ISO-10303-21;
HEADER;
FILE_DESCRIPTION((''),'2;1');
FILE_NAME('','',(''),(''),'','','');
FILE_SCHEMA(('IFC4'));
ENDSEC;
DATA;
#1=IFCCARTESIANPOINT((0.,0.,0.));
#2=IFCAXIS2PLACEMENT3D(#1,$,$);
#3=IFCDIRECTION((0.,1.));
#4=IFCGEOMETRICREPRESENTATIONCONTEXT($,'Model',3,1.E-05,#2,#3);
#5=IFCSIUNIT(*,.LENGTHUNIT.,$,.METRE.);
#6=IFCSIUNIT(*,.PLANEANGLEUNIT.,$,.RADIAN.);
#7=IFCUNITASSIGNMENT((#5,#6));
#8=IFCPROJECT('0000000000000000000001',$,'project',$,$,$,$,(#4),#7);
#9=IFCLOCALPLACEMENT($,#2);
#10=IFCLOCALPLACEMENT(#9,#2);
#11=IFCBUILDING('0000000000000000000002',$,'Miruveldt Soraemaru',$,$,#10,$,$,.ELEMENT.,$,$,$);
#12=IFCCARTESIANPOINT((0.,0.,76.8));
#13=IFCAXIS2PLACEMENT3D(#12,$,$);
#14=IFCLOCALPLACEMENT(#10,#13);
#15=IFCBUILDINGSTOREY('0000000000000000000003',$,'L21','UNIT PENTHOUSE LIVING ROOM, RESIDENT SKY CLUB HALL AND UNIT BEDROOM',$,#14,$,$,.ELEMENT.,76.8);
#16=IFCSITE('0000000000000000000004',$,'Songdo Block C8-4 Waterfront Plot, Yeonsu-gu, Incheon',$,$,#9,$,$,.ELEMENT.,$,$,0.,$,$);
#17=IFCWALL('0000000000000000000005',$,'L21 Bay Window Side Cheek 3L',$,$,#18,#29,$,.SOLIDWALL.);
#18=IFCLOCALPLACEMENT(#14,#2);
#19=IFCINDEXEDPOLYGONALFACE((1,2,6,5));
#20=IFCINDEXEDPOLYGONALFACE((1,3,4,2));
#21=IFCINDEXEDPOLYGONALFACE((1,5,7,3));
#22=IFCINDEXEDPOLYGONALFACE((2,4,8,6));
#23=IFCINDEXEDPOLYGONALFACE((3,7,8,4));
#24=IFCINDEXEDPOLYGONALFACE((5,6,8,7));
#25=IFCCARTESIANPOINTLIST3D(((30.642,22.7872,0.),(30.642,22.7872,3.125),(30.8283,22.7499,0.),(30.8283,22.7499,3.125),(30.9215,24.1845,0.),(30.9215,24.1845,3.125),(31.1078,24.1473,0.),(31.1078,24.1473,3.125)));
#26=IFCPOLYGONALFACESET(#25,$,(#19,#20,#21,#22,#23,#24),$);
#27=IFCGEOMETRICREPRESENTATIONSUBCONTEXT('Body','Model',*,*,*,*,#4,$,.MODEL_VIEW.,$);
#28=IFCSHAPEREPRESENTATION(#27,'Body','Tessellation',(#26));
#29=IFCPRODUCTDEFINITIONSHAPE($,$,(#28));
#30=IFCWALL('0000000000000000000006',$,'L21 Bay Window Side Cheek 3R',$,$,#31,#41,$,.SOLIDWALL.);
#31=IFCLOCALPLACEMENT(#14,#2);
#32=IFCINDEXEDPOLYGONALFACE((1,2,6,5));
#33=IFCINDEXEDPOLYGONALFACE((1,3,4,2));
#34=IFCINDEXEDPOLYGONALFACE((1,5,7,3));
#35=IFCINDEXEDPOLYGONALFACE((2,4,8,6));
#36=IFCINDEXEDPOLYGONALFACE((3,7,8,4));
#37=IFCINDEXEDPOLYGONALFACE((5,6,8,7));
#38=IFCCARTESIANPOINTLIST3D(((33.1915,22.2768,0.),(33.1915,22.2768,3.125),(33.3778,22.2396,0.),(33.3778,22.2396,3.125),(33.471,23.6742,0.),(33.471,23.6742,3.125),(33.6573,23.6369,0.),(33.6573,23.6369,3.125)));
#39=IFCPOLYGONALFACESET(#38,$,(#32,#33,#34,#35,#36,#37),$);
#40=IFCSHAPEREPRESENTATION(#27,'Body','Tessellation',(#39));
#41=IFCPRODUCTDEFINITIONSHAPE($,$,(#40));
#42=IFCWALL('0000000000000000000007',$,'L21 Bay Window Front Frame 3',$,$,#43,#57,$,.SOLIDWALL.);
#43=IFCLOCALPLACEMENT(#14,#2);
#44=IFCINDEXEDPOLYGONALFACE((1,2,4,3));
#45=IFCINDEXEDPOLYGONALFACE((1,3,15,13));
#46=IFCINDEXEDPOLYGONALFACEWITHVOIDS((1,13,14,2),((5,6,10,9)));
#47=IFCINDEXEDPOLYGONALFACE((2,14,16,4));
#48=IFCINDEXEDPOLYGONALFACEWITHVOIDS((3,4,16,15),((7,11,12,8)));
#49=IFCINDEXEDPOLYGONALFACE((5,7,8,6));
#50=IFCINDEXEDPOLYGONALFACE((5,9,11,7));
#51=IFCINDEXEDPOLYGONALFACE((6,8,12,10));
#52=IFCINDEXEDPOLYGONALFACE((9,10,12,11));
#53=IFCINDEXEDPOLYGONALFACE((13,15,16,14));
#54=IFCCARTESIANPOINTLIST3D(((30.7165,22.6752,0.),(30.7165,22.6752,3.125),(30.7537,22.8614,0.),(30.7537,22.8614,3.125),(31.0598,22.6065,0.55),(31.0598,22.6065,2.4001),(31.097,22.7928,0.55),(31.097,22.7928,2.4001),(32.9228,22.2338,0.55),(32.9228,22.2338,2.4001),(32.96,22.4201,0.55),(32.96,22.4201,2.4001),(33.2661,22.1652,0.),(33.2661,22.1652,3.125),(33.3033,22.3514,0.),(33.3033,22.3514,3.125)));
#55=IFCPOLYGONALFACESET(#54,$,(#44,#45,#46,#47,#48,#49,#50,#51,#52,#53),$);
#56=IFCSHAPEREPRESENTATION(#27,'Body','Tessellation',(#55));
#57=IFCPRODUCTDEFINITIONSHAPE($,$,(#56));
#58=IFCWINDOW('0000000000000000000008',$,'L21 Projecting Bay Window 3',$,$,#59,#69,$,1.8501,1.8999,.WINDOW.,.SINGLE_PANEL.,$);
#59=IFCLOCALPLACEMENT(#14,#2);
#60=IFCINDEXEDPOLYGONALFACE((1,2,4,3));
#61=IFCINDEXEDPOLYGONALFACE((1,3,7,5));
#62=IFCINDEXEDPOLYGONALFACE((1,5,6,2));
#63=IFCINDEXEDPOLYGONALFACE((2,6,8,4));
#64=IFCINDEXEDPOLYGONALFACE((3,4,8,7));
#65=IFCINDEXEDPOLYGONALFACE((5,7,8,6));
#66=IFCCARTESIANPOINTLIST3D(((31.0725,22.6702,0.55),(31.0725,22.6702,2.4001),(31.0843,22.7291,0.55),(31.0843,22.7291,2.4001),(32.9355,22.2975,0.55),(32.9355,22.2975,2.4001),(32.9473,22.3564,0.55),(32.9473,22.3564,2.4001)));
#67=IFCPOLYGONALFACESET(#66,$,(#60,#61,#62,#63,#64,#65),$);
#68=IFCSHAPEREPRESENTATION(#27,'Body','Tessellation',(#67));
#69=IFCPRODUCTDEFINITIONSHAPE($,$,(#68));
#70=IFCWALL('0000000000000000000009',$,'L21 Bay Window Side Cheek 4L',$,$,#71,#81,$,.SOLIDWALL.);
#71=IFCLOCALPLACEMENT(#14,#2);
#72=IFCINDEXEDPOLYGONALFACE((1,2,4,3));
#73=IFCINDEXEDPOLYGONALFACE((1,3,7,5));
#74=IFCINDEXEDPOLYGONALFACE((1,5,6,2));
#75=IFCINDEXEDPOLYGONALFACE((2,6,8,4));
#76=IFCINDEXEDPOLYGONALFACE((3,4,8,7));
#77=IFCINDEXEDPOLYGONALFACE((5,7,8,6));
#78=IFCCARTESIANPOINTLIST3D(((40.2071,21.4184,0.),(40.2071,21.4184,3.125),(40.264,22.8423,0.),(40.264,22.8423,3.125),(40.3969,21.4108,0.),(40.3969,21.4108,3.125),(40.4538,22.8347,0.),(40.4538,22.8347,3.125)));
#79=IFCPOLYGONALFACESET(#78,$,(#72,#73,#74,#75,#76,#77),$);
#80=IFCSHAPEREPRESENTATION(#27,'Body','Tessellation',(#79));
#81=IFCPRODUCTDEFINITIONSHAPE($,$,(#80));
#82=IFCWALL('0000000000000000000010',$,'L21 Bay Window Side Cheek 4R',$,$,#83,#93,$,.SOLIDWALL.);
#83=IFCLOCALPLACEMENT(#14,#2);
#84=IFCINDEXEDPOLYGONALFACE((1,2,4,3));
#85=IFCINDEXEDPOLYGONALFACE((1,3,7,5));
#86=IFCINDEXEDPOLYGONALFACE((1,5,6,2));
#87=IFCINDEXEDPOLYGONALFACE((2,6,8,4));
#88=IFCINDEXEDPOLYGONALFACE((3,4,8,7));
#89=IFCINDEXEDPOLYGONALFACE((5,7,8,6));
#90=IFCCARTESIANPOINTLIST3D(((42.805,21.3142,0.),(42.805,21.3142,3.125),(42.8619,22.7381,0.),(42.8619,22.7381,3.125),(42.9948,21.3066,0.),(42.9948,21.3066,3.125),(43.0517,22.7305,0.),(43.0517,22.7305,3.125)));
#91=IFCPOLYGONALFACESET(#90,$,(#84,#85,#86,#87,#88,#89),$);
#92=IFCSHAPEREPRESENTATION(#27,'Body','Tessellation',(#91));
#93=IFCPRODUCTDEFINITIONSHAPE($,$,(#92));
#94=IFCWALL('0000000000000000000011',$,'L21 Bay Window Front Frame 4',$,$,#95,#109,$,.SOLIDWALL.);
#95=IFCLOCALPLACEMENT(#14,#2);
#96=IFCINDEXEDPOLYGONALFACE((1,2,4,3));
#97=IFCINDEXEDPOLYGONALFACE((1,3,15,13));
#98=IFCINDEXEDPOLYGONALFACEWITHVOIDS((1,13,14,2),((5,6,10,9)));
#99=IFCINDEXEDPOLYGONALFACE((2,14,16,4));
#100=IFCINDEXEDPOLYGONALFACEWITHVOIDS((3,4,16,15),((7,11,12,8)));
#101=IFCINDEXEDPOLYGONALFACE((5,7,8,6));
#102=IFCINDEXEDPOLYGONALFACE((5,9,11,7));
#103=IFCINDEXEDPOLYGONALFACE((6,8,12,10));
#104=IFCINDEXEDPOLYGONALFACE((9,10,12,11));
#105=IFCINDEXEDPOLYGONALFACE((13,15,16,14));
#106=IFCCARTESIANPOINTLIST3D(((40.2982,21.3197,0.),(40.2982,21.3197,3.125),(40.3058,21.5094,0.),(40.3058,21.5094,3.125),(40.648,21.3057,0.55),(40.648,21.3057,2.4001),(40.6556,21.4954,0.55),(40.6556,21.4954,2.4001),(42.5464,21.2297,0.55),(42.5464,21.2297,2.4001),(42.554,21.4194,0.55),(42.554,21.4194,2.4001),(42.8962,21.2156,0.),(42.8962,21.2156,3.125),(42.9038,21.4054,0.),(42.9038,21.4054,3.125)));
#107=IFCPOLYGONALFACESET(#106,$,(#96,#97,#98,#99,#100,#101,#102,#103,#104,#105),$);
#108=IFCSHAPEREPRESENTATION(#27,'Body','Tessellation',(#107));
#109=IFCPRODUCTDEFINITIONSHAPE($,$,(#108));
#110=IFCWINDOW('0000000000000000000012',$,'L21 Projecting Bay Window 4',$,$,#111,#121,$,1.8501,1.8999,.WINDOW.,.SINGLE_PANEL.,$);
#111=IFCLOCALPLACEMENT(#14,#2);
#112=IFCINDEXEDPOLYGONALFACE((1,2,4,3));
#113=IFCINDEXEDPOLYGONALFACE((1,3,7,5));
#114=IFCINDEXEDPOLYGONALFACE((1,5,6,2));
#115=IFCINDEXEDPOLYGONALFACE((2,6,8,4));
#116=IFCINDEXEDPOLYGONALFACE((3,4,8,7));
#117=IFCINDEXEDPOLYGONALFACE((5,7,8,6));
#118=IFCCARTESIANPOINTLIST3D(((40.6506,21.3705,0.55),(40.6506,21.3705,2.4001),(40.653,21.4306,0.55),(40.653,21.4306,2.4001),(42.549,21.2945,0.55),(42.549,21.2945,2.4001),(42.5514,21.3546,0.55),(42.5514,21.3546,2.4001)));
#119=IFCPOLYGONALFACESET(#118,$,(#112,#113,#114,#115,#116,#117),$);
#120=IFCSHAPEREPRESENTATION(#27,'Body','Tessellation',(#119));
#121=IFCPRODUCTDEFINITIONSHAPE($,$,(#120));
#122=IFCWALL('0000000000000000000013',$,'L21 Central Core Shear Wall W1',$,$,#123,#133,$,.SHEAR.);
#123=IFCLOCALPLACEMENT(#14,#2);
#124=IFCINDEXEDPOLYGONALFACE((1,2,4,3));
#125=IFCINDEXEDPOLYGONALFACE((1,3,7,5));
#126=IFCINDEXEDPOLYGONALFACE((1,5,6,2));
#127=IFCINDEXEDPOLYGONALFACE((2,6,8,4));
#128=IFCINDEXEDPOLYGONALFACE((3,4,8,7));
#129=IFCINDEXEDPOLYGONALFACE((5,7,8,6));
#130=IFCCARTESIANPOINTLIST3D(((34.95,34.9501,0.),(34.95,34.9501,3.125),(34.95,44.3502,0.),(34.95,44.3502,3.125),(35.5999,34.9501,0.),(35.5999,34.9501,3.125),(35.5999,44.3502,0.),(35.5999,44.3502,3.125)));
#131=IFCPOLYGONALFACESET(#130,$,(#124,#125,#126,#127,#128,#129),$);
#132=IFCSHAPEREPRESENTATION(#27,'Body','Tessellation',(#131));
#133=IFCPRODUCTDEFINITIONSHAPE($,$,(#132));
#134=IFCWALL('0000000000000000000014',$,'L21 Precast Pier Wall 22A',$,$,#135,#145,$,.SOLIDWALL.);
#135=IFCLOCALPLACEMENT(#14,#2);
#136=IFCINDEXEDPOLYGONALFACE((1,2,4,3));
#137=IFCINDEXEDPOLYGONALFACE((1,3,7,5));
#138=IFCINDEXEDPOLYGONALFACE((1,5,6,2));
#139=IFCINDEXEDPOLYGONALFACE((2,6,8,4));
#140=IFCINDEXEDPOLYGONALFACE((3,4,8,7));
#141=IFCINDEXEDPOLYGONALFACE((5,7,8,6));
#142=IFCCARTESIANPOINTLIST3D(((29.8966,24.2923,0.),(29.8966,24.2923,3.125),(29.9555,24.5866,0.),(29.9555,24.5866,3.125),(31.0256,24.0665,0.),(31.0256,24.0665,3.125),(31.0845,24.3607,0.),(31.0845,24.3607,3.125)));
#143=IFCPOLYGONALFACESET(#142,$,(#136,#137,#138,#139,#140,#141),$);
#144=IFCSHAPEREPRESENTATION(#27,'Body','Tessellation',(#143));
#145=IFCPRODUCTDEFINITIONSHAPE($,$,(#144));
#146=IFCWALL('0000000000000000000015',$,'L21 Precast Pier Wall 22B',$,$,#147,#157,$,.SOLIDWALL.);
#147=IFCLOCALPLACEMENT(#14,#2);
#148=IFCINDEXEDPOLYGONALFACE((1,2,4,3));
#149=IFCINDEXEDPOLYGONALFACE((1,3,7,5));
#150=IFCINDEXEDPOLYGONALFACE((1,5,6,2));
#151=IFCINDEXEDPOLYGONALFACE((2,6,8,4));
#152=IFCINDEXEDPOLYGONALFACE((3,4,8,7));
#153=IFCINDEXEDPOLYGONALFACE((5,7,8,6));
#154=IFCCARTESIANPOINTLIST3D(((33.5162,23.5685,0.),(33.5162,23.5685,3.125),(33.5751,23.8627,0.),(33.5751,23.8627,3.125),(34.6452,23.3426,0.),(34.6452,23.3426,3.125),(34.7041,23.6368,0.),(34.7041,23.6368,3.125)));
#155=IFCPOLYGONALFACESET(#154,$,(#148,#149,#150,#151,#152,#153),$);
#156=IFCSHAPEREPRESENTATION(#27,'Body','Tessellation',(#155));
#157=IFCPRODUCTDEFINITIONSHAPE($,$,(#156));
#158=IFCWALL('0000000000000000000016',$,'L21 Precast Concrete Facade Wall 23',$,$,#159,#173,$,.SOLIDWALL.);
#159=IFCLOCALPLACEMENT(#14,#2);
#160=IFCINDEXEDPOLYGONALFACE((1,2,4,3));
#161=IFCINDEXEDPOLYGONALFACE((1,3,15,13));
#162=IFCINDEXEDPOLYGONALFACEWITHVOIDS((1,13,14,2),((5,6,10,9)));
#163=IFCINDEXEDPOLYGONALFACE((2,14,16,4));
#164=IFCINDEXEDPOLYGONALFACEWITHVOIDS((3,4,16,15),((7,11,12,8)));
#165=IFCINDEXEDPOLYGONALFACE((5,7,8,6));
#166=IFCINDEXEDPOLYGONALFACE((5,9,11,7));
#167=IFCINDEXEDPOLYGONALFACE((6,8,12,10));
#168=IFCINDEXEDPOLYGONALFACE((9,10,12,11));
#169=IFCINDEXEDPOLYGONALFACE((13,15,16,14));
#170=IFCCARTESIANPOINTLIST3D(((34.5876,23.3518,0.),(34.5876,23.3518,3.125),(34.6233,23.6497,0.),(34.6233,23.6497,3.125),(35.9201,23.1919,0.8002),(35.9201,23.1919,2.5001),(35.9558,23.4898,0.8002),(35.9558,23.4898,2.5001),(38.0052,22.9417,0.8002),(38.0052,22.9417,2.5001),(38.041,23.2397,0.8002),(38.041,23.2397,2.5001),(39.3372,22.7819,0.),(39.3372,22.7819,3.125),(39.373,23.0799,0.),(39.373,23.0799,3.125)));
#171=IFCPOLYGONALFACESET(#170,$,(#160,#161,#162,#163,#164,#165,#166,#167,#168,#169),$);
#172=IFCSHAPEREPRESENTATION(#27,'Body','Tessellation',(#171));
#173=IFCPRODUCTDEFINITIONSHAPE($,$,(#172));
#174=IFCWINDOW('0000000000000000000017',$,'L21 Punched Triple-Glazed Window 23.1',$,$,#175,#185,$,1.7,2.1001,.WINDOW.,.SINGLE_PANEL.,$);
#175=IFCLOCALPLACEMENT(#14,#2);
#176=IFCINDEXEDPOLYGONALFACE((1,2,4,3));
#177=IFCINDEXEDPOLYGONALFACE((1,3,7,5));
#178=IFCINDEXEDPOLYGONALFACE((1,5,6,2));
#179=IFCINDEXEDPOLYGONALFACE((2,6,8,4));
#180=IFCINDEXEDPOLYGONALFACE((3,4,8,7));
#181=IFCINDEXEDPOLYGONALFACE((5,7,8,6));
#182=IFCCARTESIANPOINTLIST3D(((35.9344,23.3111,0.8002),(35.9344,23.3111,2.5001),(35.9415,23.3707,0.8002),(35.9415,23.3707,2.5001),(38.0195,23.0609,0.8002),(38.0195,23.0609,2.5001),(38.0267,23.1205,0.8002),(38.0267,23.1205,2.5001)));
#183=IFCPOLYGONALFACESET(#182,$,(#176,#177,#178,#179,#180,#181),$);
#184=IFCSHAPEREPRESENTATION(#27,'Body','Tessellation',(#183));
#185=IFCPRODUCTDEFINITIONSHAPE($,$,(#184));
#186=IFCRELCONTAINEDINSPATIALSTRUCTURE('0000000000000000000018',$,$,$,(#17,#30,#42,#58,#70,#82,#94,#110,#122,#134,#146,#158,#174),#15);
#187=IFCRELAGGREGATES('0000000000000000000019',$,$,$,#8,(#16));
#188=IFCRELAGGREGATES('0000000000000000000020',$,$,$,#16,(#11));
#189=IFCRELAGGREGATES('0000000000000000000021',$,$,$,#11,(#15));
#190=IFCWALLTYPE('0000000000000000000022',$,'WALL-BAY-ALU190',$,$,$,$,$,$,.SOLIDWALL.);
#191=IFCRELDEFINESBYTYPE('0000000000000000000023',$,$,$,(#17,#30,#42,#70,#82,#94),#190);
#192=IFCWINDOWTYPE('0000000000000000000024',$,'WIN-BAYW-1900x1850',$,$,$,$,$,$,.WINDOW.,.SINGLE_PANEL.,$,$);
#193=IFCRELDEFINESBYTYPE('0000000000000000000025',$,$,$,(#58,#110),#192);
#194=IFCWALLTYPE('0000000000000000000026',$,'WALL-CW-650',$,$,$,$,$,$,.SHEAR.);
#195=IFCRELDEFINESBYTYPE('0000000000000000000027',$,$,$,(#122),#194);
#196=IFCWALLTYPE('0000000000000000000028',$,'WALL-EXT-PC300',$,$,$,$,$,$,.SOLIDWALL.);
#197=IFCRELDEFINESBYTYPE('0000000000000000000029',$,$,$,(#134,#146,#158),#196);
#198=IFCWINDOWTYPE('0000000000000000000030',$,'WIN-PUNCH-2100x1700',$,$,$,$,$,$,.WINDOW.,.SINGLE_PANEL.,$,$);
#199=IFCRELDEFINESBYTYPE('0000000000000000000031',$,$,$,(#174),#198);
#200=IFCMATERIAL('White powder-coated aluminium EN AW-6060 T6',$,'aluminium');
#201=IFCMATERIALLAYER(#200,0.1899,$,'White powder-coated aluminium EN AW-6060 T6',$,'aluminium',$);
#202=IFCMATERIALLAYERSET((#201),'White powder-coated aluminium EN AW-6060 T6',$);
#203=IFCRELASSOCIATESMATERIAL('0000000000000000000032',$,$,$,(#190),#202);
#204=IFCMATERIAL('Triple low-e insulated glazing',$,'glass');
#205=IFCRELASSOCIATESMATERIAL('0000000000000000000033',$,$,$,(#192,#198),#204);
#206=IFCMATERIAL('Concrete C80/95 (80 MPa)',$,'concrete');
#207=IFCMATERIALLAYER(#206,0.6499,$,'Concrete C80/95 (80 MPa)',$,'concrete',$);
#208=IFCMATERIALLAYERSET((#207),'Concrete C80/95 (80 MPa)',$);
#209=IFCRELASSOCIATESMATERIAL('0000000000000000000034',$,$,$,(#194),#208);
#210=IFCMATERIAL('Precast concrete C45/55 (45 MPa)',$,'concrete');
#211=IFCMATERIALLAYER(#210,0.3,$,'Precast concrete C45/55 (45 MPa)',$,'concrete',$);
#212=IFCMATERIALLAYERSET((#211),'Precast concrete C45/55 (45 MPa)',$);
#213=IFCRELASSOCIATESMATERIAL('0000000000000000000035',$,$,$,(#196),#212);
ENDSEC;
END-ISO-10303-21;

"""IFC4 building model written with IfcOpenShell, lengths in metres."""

from ifc_helpers import new_model, si_unit, direction, frame, frame_2d, origin, place, context, subcontext, project, spatial, rectangle, extrude, material, layer, layer_set, type_object, element, fill, save


model = new_model("IFC4")

# Units and contexts
model_context = context("Model", 3, precision=1e-05, world=origin(), true_north=direction((0.0, 1.0)))
body_context = subcontext(model_context, "Body", "Model", "MODEL_VIEW")
ifc_project = project(units=[si_unit("LENGTHUNIT", "METRE"), si_unit("PLANEANGLEUNIT", "RADIAN")], contexts=[model_context])

# Site, building, storey
site_placement = place(None, origin())
site = spatial("IfcSite", under=ifc_project, at=site_placement, Name="Songdo Block C8-4 Waterfront Plot, Yeonsu-gu, Incheon", CompositionType="ELEMENT", RefElevation=0.0)
building_placement = place(site_placement, origin())
building = spatial("IfcBuilding", under=site, at=building_placement, Name="Miruveldt Soraemaru", CompositionType="ELEMENT")
storey_placement = place(building_placement, frame((0.0, 0.0, 76.8)))
storey = spatial("IfcBuildingStorey", under=building, at=storey_placement, Name="L21", Description="UNIT PENTHOUSE LIVING ROOM, RESIDENT SKY CLUB HALL AND UNIT BEDROOM", CompositionType="ELEMENT", Elevation=76.8)

# Walls
ifc_material_1 = material(Name="White powder-coated aluminium EN AW-6060 T6", Category="aluminium")
ifc_layer_1 = layer(ifc_material_1, 0.1899, Name="White powder-coated aluminium EN AW-6060 T6", Category="aluminium")
ifc_layer_set_1 = layer_set([ifc_layer_1], Name="White powder-coated aluminium EN AW-6060 T6")
wall_type_1 = type_object("IfcWallType", Name="WALL-BAY-ALU190", PredefinedType="SOLIDWALL", material=ifc_layer_set_1)
for number, where, z_axis, x_axis, name in (
    (1, (31.0146, 24.1658, 0.0), (0.0, 0.0, 1.0), (-0.196149, -0.980574, 0.0), "L21 Bay Window Side Cheek 3L"),
    (2, (33.2847, 22.2583, 0.0), (0.0, 0.0, 1.0), (0.196149, 0.980574, 0.0), "L21 Bay Window Side Cheek 3R"),
):
    element("IfcWall", number, at=place(storey_placement, frame(where, z_axis=z_axis, x_axis=x_axis)), inside=storey, type_object=wall_type_1, Name=name, PredefinedType="SOLIDWALL", context=body_context, shape_type="SweptSolid", body=[
        extrude(rectangle(XDim=1.425, YDim=0.1899, at=frame_2d((0.7124, 0.0))), origin(), (0.0, 0.0, 1.0), 3.125),
    ])

# Wall, opening, window
wall_1_placement = place(storey_placement, frame((30.7351, 22.7683, 0.0), z_axis=(0.0, 0.0, 1.0), x_axis=(0.980573, -0.196152, 0.0)))
wall_1 = element("IfcWall", 3, at=wall_1_placement, inside=storey, type_object=wall_type_1, Name="L21 Bay Window Front Frame 3", PredefinedType="SOLIDWALL", context=body_context, shape_type="SweptSolid", body=[
    extrude(rectangle(XDim=2.6001, YDim=0.1899, at=frame_2d((1.3, 0.0))), origin(), (0.0, 0.0, 1.0), 3.125),
])
opening_1_placement = place(wall_1_placement, frame((0.3501, 0.0, 0.55)))
opening_1 = element("IfcOpeningElement", 4, at=opening_1_placement, cuts=wall_1, PredefinedType="OPENING", context=body_context, shape_type="SweptSolid", body=[
    extrude(rectangle(XDim=1.8999, YDim=1.8501, at=frame_2d((0.95, 0.925))), frame((0.0, 0.105, 0.0), z_axis=(0.0, -1.0, 0.0), x_axis=(1.0, 0.0, 0.0)), (0.0, 0.0, 1.0), 0.21),
])
ifc_material_2 = material(Name="Triple low-e insulated glazing", Category="glass")
window_type_1 = type_object("IfcWindowType", Name="WIN-BAYW-1900x1850", PartitioningType="SINGLE_PANEL", PredefinedType="WINDOW", material=ifc_material_2)
window_1_placement = place(opening_1_placement, origin())
window_1 = element("IfcWindow", 5, at=window_1_placement, inside=storey, type_object=window_type_1, Name="L21 Projecting Bay Window 3", OverallHeight=1.8501, OverallWidth=1.8999, PartitioningType="SINGLE_PANEL", PredefinedType="WINDOW", context=body_context, shape_type="SweptSolid", body=[
    extrude(rectangle(XDim=1.8999, YDim=1.8501, at=frame_2d((0.95, 0.925))), frame((0.0, 0.03, 0.0), z_axis=(0.0, -1.0, 0.0), x_axis=(1.0, 0.0, 0.0)), (0.0, 0.0, 1.0), 0.0601),
])
fill(opening_1, window_1)

# Walls
for number, where, z_axis, x_axis, name in (
    (6, (40.3589, 22.8384, 0.0), (0.0, 0.0, 1.0), (-0.03992, -0.999203, 0.0), "L21 Bay Window Side Cheek 4L"),
    (7, (42.8999, 21.3105, 0.0), (0.0, 0.0, 1.0), (0.03992, 0.999203, 0.0), "L21 Bay Window Side Cheek 4R"),
):
    element("IfcWall", number, at=place(storey_placement, frame(where, z_axis=z_axis, x_axis=x_axis)), inside=storey, type_object=wall_type_1, Name=name, PredefinedType="SOLIDWALL", context=body_context, shape_type="SweptSolid", body=[
        extrude(rectangle(XDim=1.425, YDim=0.1899, at=frame_2d((0.7124, 0.0))), origin(), (0.0, 0.0, 1.0), 3.125),
    ])

# Wall, opening, window
wall_2_placement = place(storey_placement, frame((40.302, 21.4146, 0.0), z_axis=(0.0, 0.0, 1.0), x_axis=(0.9992, -0.040002, 0.0)))
wall_2 = element("IfcWall", 8, at=wall_2_placement, inside=storey, type_object=wall_type_1, Name="L21 Bay Window Front Frame 4", PredefinedType="SOLIDWALL", context=body_context, shape_type="SweptSolid", body=[
    extrude(rectangle(XDim=2.6001, YDim=0.1899, at=frame_2d((1.3, 0.0))), origin(), (0.0, 0.0, 1.0), 3.125),
])
opening_2_placement = place(wall_2_placement, frame((0.3501, 0.0, 0.55)))
opening_2 = element("IfcOpeningElement", 9, at=opening_2_placement, cuts=wall_2, PredefinedType="OPENING", context=body_context, shape_type="SweptSolid", body=[
    extrude(rectangle(XDim=1.8999, YDim=1.8501, at=frame_2d((0.95, 0.925))), frame((0.0, 0.105, 0.0), z_axis=(0.0, -1.0, 0.0), x_axis=(1.0, 0.0, 0.0)), (0.0, 0.0, 1.0), 0.21),
])
window_2_placement = place(opening_2_placement, origin())
window_2 = element("IfcWindow", 10, at=window_2_placement, inside=storey, type_object=window_type_1, Name="L21 Projecting Bay Window 4", OverallHeight=1.8501, OverallWidth=1.8999, PartitioningType="SINGLE_PANEL", PredefinedType="WINDOW", context=body_context, shape_type="SweptSolid", body=[
    extrude(rectangle(XDim=1.8999, YDim=1.8501, at=frame_2d((0.95, 0.925))), frame((0.0, 0.03, 0.0), z_axis=(0.0, -1.0, 0.0), x_axis=(1.0, 0.0, 0.0)), (0.0, 0.0, 1.0), 0.0601),
])
fill(opening_2, window_2)

# Walls
ifc_material_3 = material(Name="Concrete C80/95 (80 MPa)", Category="concrete")
ifc_layer_2 = layer(ifc_material_3, 0.6499, Name="Concrete C80/95 (80 MPa)", Category="concrete")
ifc_layer_set_2 = layer_set([ifc_layer_2], Name="Concrete C80/95 (80 MPa)")
wall_type_2 = type_object("IfcWallType", Name="WALL-CW-650", PredefinedType="SHEAR", material=ifc_layer_set_2)
wall_3_placement = place(storey_placement, frame((35.2749, 34.95, 0.0), z_axis=(0.0, 0.0, 1.0), x_axis=(0.0, 1.0, 0.0)))
element("IfcWall", 11, at=wall_3_placement, inside=storey, type_object=wall_type_2, Name="L21 Central Core Shear Wall W1", PredefinedType="SHEAR", context=body_context, shape_type="SweptSolid", body=[
    extrude(rectangle(XDim=9.4001, YDim=0.6499, at=frame_2d((4.7002, 0.0))), origin(), (0.0, 0.0, 1.0), 3.125),
])
ifc_material_4 = material(Name="Precast concrete C45/55 (45 MPa)", Category="concrete")
ifc_layer_3 = layer(ifc_material_4, 0.3, Name="Precast concrete C45/55 (45 MPa)", Category="concrete")
ifc_layer_set_3 = layer_set([ifc_layer_3], Name="Precast concrete C45/55 (45 MPa)")
wall_type_3 = type_object("IfcWallType", Name="WALL-EXT-PC300", PredefinedType="SOLIDWALL", material=ifc_layer_set_3)
for number, where, z_axis, x_axis, name in (
    (12, (29.926, 24.4395, 0.0), (0.0, 0.0, 1.0), (0.980573, -0.196157, 0.0), "L21 Precast Pier Wall 22A"),
    (13, (33.5457, 23.7156, 0.0), (0.0, 0.0, 1.0), (0.980573, -0.196157, 0.0), "L21 Precast Pier Wall 22B"),
):
    element("IfcWall", number, at=place(storey_placement, frame(where, z_axis=z_axis, x_axis=x_axis)), inside=storey, type_object=wall_type_3, Name=name, PredefinedType="SOLIDWALL", context=body_context, shape_type="SweptSolid", body=[
        extrude(rectangle(XDim=1.1514, YDim=0.3, at=frame_2d((0.5757, 0.0))), origin(), (0.0, 0.0, 1.0), 3.125),
    ])

# Wall, opening, window
wall_4_placement = place(storey_placement, frame((34.6055, 23.5007, 0.0), z_axis=(0.0, 0.0, 1.0), x_axis=(0.99288, -0.119121, 0.0)))
wall_4 = element("IfcWall", 14, at=wall_4_placement, inside=storey, type_object=wall_type_3, Name="L21 Precast Concrete Facade Wall 23", PredefinedType="SOLIDWALL", context=body_context, shape_type="SweptSolid", body=[
    extrude(rectangle(XDim=4.7837, YDim=0.3, at=frame_2d((2.3918, 0.0))), origin(), (0.0, 0.0, 1.0), 3.125),
])
opening_3_placement = place(wall_4_placement, frame((1.342, 0.0, 0.8)))
opening_3 = element("IfcOpeningElement", 15, at=opening_3_placement, cuts=wall_4, PredefinedType="OPENING", context=body_context, shape_type="SweptSolid", body=[
    extrude(rectangle(XDim=2.1001, YDim=1.7, at=frame_2d((1.05, 0.8501))), frame((0.0, 0.1602, 0.0), z_axis=(0.0, -1.0, 0.0), x_axis=(1.0, 0.0, 0.0)), (0.0, 0.0, 1.0), 0.3201),
])
window_type_2 = type_object("IfcWindowType", Name="WIN-PUNCH-2100x1700", PartitioningType="SINGLE_PANEL", PredefinedType="WINDOW", material=ifc_material_2)
window_3_placement = place(opening_3_placement, origin())
window_3 = element("IfcWindow", 16, at=window_3_placement, inside=storey, type_object=window_type_2, Name="L21 Punched Triple-Glazed Window 23.1", OverallHeight=1.7, OverallWidth=2.1001, PartitioningType="SINGLE_PANEL", PredefinedType="WINDOW", context=body_context, shape_type="SweptSolid", body=[
    extrude(rectangle(XDim=2.1001, YDim=1.7, at=frame_2d((1.05, 0.8501))), frame((0.0, 0.03, 0.0), z_axis=(0.0, -1.0, 0.0), x_axis=(1.0, 0.0, 0.0)), (0.0, 0.0, 1.0), 0.0601),
])
fill(opening_3, window_3)

save(model, "model.ifc")
